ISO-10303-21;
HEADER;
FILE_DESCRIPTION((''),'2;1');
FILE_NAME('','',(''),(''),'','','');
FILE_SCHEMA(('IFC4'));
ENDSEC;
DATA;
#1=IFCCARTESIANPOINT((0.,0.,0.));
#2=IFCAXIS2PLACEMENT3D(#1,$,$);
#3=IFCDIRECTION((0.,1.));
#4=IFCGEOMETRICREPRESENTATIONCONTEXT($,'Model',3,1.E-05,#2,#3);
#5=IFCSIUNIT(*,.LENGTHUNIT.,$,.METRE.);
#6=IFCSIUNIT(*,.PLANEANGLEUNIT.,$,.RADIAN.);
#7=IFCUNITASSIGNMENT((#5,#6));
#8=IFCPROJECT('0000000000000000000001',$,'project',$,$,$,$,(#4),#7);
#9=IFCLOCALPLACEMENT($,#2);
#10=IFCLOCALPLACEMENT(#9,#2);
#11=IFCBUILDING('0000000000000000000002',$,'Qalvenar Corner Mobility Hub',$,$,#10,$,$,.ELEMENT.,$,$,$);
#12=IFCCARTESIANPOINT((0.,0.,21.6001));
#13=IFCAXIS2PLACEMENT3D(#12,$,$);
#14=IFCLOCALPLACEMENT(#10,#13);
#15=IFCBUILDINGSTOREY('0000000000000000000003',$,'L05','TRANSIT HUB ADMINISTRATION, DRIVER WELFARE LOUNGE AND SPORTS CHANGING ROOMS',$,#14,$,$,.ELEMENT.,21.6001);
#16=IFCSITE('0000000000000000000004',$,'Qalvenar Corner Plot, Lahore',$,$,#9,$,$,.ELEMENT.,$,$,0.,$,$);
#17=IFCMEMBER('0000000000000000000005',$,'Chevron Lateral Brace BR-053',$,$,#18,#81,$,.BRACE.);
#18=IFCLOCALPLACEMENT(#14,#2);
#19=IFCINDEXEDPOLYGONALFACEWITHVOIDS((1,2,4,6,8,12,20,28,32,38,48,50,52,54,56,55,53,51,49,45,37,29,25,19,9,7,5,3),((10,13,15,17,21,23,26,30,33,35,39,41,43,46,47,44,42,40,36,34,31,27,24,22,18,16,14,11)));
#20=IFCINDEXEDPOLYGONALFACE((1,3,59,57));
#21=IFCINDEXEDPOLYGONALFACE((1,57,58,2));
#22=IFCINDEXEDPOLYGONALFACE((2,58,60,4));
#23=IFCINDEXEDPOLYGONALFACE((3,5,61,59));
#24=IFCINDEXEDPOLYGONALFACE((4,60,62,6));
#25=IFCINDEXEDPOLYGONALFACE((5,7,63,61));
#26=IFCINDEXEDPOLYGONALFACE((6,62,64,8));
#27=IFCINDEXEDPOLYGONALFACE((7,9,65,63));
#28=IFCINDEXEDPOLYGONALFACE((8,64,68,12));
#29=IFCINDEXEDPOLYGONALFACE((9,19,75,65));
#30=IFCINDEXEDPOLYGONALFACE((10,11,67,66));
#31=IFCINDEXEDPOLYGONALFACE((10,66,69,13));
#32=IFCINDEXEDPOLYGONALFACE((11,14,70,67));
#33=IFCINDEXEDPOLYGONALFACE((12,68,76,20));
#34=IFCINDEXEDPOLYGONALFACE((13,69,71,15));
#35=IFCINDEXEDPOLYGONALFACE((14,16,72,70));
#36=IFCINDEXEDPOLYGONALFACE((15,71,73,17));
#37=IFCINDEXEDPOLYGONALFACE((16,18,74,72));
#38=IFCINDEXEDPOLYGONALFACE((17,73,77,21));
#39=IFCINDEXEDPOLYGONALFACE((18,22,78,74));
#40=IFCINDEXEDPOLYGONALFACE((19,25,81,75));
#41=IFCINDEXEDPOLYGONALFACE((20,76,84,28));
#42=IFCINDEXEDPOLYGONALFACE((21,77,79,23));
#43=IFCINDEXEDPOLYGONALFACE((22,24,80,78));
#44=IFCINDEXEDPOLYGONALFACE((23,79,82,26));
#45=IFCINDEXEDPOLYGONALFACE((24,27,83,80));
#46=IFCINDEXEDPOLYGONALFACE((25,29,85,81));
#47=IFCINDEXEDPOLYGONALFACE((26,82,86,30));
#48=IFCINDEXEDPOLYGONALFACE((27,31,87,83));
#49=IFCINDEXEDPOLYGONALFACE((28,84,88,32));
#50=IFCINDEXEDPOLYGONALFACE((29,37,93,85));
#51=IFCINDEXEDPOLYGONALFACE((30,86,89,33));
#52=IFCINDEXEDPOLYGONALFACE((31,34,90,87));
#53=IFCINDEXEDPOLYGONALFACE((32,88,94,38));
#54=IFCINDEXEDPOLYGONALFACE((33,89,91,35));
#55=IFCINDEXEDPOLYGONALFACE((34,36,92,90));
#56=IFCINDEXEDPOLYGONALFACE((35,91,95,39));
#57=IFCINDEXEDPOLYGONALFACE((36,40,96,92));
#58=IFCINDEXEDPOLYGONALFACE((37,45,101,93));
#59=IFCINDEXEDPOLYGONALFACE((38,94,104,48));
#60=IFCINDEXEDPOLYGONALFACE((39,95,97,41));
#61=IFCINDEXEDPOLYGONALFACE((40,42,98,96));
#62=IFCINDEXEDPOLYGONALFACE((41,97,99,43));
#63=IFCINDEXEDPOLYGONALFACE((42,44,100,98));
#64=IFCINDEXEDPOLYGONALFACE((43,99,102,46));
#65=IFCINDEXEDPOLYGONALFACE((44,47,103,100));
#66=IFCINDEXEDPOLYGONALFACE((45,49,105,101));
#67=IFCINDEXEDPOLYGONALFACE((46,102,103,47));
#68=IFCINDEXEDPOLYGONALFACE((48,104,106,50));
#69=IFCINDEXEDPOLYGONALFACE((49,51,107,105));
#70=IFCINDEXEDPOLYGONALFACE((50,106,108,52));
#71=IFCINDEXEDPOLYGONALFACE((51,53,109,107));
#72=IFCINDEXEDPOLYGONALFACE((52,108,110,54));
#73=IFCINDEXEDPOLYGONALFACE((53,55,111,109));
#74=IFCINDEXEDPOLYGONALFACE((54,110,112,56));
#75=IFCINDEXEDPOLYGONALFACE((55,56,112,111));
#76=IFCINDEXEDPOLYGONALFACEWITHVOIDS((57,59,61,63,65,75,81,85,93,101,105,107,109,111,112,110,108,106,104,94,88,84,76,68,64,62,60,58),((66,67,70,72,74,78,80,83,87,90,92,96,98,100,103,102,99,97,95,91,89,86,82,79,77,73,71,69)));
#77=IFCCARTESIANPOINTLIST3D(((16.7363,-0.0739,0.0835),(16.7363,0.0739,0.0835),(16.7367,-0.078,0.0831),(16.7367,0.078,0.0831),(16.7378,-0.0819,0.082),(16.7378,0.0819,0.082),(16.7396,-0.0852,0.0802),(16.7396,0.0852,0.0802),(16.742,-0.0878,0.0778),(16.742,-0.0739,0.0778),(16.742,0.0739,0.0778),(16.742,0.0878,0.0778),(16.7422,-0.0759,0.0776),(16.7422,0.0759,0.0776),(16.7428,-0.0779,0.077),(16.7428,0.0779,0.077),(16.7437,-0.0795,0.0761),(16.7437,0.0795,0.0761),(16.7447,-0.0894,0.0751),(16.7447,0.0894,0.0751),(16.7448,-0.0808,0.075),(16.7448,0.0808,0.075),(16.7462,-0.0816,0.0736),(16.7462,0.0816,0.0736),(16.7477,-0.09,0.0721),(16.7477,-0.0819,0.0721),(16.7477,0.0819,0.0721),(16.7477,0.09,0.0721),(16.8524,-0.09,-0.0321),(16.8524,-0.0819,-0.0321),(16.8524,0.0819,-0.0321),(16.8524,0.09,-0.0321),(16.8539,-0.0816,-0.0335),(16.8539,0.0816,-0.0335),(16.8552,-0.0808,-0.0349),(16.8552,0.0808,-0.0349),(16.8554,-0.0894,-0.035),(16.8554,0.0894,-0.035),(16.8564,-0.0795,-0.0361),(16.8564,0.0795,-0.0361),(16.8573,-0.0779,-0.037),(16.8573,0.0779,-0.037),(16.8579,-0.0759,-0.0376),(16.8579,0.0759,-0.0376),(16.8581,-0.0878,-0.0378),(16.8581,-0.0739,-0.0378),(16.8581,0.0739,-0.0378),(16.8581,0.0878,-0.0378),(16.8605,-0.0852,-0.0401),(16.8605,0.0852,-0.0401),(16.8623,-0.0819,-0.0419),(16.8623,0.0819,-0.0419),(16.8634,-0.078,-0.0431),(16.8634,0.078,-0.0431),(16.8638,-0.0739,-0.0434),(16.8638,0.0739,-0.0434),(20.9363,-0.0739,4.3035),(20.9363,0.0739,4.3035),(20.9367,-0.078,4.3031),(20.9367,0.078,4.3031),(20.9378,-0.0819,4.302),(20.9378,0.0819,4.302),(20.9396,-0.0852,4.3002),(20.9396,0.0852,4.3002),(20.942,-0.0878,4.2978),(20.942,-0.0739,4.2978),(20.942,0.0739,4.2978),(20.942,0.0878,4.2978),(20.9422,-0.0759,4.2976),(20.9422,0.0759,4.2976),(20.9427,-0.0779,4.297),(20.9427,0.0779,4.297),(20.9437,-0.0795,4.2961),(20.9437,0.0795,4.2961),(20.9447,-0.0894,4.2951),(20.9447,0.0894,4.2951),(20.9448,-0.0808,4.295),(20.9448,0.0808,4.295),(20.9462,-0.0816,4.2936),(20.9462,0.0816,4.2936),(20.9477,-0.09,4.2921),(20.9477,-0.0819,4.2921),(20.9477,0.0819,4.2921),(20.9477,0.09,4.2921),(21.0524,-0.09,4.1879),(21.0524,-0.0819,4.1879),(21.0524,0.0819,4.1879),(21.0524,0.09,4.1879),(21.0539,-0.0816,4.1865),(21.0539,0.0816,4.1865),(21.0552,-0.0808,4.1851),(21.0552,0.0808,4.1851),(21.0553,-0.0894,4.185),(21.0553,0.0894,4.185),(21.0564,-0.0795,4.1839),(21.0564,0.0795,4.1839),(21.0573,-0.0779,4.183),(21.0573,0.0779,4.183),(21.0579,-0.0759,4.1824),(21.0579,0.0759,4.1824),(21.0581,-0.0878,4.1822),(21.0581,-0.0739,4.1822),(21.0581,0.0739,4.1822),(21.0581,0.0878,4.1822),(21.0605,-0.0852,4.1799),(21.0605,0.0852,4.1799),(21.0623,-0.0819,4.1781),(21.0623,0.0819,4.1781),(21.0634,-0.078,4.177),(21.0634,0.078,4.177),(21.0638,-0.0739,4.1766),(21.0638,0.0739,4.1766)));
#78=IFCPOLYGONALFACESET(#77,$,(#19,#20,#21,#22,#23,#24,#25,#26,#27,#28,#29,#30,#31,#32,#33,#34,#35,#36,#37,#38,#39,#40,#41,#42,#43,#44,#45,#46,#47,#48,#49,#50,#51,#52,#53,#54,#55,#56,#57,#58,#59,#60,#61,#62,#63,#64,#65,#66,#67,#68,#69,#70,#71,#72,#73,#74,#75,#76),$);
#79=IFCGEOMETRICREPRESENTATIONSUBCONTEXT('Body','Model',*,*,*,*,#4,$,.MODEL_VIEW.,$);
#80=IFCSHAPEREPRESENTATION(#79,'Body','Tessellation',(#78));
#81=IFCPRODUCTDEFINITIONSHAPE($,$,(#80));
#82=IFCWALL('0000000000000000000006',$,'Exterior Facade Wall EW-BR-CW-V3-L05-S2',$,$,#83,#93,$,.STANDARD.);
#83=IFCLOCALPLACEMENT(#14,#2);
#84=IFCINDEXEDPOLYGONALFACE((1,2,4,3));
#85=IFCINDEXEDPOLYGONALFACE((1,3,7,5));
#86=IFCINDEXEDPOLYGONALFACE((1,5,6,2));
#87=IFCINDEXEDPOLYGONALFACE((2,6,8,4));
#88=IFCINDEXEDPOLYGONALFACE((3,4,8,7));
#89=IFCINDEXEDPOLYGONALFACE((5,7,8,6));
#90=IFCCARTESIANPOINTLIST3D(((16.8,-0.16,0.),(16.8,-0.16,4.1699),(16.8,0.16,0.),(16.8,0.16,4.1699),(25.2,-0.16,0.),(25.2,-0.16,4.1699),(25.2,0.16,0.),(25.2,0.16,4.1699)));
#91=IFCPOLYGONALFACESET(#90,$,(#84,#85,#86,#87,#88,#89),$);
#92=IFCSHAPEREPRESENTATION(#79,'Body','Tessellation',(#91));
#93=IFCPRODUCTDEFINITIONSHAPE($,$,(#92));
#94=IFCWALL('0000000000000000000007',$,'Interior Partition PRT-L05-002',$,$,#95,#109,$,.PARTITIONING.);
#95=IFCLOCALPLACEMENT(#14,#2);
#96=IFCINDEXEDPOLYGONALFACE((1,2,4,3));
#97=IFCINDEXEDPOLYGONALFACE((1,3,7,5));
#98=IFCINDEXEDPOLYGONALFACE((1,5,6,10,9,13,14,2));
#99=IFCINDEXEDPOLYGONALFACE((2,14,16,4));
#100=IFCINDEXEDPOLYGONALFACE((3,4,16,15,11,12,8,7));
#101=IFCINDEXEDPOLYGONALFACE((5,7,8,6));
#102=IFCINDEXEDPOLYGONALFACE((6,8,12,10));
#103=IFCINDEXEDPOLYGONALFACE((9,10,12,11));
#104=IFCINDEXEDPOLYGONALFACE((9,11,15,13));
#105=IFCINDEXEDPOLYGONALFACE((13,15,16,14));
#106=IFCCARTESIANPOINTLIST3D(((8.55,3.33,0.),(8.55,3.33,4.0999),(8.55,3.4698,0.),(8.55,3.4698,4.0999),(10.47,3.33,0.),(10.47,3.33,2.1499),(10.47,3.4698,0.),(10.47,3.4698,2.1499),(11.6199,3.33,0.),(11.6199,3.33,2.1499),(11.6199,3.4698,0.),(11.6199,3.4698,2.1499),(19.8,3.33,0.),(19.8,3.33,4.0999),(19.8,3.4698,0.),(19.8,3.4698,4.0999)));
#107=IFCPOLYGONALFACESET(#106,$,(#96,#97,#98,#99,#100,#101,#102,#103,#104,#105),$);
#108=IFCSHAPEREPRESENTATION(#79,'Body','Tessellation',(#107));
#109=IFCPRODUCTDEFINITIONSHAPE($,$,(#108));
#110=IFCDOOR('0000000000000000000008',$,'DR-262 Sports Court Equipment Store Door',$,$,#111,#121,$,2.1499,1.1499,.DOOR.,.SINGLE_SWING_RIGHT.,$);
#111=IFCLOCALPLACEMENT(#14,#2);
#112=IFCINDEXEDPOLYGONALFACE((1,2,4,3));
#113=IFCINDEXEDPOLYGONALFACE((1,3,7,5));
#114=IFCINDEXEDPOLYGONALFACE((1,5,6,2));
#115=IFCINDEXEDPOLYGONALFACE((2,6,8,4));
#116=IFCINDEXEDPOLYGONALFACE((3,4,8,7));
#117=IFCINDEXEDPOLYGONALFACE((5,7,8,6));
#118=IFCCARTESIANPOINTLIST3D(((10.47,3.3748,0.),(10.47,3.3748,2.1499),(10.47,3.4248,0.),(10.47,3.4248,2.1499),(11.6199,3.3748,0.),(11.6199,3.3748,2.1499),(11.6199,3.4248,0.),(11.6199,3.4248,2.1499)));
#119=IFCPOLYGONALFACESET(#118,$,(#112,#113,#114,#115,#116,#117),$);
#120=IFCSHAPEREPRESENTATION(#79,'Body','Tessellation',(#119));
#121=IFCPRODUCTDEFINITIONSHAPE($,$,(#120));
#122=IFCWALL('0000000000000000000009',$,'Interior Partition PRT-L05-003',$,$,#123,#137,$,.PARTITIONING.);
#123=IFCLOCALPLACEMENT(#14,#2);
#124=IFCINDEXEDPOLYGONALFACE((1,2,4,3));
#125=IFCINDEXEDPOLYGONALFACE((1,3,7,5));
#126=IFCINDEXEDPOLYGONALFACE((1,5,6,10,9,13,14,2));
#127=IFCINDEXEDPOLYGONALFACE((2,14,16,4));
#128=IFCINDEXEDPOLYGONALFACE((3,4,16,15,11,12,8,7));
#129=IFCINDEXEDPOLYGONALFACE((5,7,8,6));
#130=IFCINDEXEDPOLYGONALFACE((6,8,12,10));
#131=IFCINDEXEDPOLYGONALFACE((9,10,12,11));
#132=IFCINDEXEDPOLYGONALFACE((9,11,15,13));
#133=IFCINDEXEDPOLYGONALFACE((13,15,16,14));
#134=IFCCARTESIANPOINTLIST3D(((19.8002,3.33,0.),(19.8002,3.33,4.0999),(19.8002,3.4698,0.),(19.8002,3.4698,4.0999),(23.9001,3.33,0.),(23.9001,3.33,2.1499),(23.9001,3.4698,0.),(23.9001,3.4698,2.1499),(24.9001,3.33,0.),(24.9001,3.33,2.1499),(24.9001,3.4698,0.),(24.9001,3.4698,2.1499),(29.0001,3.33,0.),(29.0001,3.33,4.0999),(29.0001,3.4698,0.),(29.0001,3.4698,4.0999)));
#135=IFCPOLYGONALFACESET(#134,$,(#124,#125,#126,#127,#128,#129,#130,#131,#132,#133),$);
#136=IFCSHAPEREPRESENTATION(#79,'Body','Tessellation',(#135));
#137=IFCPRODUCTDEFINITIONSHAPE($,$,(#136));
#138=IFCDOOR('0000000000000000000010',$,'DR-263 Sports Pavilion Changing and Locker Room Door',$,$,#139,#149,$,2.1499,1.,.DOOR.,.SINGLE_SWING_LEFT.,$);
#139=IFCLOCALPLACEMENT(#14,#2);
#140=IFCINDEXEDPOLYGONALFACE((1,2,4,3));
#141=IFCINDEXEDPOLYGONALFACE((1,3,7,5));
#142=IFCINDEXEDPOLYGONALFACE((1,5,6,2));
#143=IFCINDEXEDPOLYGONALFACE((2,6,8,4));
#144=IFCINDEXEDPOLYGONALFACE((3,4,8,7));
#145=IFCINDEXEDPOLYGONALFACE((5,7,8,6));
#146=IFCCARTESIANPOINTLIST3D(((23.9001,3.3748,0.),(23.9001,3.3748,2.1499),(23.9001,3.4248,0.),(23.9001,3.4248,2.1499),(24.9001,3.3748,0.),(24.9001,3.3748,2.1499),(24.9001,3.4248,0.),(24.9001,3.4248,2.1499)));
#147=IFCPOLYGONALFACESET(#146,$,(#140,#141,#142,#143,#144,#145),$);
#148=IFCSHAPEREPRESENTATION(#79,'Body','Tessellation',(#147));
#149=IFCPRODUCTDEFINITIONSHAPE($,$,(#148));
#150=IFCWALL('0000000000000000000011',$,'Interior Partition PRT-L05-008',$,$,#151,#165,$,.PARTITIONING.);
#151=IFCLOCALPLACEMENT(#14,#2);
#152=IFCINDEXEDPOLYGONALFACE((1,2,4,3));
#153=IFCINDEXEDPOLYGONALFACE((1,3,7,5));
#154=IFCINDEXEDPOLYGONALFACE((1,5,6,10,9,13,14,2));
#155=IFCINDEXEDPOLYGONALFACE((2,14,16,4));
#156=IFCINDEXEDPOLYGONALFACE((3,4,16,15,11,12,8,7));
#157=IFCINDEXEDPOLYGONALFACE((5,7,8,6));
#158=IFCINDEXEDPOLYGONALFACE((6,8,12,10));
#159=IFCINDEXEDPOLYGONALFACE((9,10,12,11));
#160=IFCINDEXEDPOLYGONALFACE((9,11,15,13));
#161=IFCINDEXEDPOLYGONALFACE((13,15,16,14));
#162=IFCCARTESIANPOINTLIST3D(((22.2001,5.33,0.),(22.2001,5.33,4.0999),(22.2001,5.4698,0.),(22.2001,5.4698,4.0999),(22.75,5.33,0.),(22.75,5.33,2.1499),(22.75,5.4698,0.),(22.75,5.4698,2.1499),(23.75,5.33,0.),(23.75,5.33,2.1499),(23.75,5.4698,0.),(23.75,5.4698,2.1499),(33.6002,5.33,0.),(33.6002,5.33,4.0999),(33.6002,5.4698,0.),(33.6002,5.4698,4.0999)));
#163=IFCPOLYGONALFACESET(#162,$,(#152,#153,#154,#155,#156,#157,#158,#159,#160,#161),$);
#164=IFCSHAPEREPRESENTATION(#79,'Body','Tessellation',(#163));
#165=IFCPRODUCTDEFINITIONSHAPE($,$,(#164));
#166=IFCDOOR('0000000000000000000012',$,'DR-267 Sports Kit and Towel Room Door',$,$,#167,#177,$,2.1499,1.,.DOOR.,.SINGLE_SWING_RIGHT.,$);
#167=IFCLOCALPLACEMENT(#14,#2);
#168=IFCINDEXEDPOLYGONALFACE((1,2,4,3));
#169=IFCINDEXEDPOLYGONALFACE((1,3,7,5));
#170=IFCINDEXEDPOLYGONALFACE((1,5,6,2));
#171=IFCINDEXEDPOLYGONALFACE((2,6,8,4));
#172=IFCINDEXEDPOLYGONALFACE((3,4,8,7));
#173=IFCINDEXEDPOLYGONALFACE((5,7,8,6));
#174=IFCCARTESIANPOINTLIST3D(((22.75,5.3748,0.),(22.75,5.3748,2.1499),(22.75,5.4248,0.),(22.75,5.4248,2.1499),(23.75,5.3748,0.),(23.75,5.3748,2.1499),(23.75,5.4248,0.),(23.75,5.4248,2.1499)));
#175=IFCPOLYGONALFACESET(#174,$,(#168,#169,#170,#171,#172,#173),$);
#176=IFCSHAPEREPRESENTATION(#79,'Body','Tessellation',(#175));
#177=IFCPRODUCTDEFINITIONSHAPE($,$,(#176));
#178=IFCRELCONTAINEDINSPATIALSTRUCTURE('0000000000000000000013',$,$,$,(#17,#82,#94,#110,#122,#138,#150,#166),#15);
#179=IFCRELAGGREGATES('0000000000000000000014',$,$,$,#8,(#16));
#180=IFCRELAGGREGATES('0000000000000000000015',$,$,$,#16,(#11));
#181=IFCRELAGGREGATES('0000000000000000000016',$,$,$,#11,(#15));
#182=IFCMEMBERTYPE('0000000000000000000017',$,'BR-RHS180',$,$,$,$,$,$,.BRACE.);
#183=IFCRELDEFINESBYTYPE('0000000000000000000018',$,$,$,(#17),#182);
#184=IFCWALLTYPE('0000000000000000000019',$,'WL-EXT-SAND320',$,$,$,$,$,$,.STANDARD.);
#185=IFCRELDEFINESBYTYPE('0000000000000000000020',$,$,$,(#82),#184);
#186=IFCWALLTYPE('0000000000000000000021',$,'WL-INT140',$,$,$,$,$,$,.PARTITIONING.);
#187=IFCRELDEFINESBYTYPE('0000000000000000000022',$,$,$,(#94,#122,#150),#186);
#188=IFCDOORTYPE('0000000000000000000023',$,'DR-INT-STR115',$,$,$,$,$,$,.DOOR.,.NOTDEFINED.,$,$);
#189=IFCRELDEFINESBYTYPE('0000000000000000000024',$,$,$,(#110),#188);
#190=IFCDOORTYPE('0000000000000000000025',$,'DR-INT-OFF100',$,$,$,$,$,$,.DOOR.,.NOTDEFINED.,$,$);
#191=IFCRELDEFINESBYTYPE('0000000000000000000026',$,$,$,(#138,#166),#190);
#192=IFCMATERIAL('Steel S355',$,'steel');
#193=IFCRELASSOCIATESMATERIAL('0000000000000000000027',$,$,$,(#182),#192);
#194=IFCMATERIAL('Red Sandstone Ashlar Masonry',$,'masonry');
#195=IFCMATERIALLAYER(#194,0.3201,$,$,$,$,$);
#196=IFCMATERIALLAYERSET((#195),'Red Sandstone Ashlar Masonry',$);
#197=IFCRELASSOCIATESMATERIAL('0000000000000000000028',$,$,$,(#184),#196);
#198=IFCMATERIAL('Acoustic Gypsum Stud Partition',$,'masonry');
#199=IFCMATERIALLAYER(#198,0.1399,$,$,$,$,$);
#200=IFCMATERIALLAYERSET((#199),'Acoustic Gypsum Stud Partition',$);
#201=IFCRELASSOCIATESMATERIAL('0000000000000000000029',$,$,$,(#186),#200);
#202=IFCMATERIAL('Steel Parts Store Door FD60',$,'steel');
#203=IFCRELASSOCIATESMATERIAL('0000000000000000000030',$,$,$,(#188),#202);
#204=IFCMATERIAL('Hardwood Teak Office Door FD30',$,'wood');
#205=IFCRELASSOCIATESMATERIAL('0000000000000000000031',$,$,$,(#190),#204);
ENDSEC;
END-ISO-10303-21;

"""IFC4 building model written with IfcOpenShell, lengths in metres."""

from ifc_helpers import new_model, si_unit, direction, frame, frame_2d, origin, origin_2d, place, context, subcontext, project, spatial, rectangle, hollow_rectangle, extrude, material, layer, layer_set, material_profile, profile_set, type_object, element, fill, save


model = new_model("IFC4")

# Units and contexts
model_context = context("Model", 3, precision=1e-05, world=origin(), true_north=direction((0.0, 1.0)))
body_context = subcontext(model_context, "Body", "Model", "MODEL_VIEW")
ifc_project = project(units=[si_unit("LENGTHUNIT", "METRE"), si_unit("PLANEANGLEUNIT", "RADIAN")], contexts=[model_context])

# Site, building, storey
site_placement = place(None, origin())
site = spatial("IfcSite", under=ifc_project, at=site_placement, Name="Qalvenar Corner Plot, Lahore", CompositionType="ELEMENT", RefElevation=0.0)
building_placement = place(site_placement, origin())
building = spatial("IfcBuilding", under=site, at=building_placement, Name="Qalvenar Corner Mobility Hub", CompositionType="ELEMENT")
storey_placement = place(building_placement, frame((0.0, 0.0, 21.6001)))
storey = spatial("IfcBuildingStorey", under=building, at=storey_placement, Name="L05", Description="TRANSIT HUB ADMINISTRATION, DRIVER WELFARE LOUNGE AND SPORTS CHANGING ROOMS", CompositionType="ELEMENT", Elevation=21.6001)

# Shared definitions
ifc_material_1 = material(Name="Steel S355", Category="steel")

# Member
ifc_material_profile_1 = material_profile(ifc_material_1, hollow_rectangle(XDim=0.1799, YDim=0.1799, WallThickness=0.0081, InnerFilletRadius=0.0081, OuterFilletRadius=0.0161, at=origin_2d()), Name="SHS180x180x8")
ifc_profile_set_1 = profile_set([ifc_material_profile_1], Name="Steel S355")
member_type = type_object("IfcMemberType", Name="BR-RHS180", PredefinedType="BRACE", material=ifc_profile_set_1)
member_placement = place(storey_placement, frame((16.8, 0.0, 0.02), z_axis=(0.705424, 0.0, 0.708786), x_axis=(0.0, 1.0, 0.0)))
element("IfcMember", 1, at=member_placement, inside=storey, type_object=member_type, Name="Chevron Lateral Brace BR-053", PredefinedType="BRACE", context=body_context, shape_type="SweptSolid", body=[
    extrude(hollow_rectangle(XDim=0.1799, YDim=0.1799, WallThickness=0.0081, InnerFilletRadius=0.0081, OuterFilletRadius=0.0161, at=origin_2d()), origin(), (0.0, 0.0, 1.0), 5.9539),
])

# Wall
ifc_material_2 = material(Name="Red Sandstone Ashlar Masonry", Category="masonry")
ifc_layer_1 = layer(ifc_material_2, 0.3201)
ifc_layer_set_1 = layer_set([ifc_layer_1], Name="Red Sandstone Ashlar Masonry")
wall_type_1 = type_object("IfcWallType", Name="WL-EXT-SAND320", PredefinedType="STANDARD", material=ifc_layer_set_1)
wall_1_placement = place(storey_placement, frame((16.8, 0.0, 0.0), z_axis=(0.0, 0.0, 1.0), x_axis=(1.0, 0.0, 0.0)))
element("IfcWall", 2, at=wall_1_placement, inside=storey, type_object=wall_type_1, Name="Exterior Facade Wall EW-BR-CW-V3-L05-S2", PredefinedType="STANDARD", context=body_context, shape_type="SweptSolid", body=[
    extrude(rectangle(XDim=8.3999, YDim=0.3201, at=frame_2d((4.2, 0.0))), origin(), (0.0, 0.0, 1.0), 4.1699),
])

# Walls, openings, doors
ifc_material_3 = material(Name="Acoustic Gypsum Stud Partition", Category="masonry")
ifc_layer_2 = layer(ifc_material_3, 0.1399)
ifc_layer_set_2 = layer_set([ifc_layer_2], Name="Acoustic Gypsum Stud Partition")
wall_type_2 = type_object("IfcWallType", Name="WL-INT140", PredefinedType="PARTITIONING", material=ifc_layer_set_2)
wall_2_placement = place(storey_placement, frame((8.55, 3.3999, 0.0), z_axis=(0.0, 0.0, 1.0), x_axis=(1.0, 0.0, 0.0)))
wall_2 = element("IfcWall", 3, at=wall_2_placement, inside=storey, type_object=wall_type_2, Name="Interior Partition PRT-L05-002", PredefinedType="PARTITIONING", context=body_context, shape_type="SweptSolid", body=[
    extrude(rectangle(XDim=11.25, YDim=0.1399, at=frame_2d((5.625, 0.0))), origin(), (0.0, 0.0, 1.0), 4.0999),
])
opening_1_placement = place(wall_2_placement, frame((1.9199, 0.0, 0.0)))
opening_1 = element("IfcOpeningElement", 4, at=opening_1_placement, cuts=wall_2, PredefinedType="OPENING", context=body_context, shape_type="SweptSolid", body=[
    extrude(rectangle(XDim=1.1499, YDim=2.1499, at=frame_2d((0.575, 1.075))), frame((0.0, 0.0801, 0.0), z_axis=(0.0, -1.0, 0.0), x_axis=(1.0, 0.0, 0.0)), (0.0, 0.0, 1.0), 0.1599),
])
ifc_material_4 = material(Name="Steel Parts Store Door FD60", Category="steel")
door_type_1 = type_object("IfcDoorType", Name="DR-INT-STR115", OperationType="NOTDEFINED", PredefinedType="DOOR", material=ifc_material_4)
door_1_placement = place(opening_1_placement, origin())
door_1 = element("IfcDoor", 5, at=door_1_placement, inside=storey, type_object=door_type_1, Name="DR-262 Sports Court Equipment Store Door", OperationType="SINGLE_SWING_RIGHT", OverallHeight=2.1499, OverallWidth=1.1499, PredefinedType="DOOR", context=body_context, shape_type="SweptSolid", body=[
    extrude(rectangle(XDim=1.1499, YDim=2.1499, at=frame_2d((0.575, 1.075))), frame((0.0, 0.0249, 0.0), z_axis=(0.0, -1.0, 0.0), x_axis=(1.0, 0.0, 0.0)), (0.0, 0.0, 1.0), 0.05),
])
fill(opening_1, door_1)
wall_3_placement = place(storey_placement, frame((19.8, 3.3999, 0.0), z_axis=(0.0, 0.0, 1.0), x_axis=(1.0, 0.0, 0.0)))
wall_3 = element("IfcWall", 6, at=wall_3_placement, inside=storey, type_object=wall_type_2, Name="Interior Partition PRT-L05-003", PredefinedType="PARTITIONING", context=body_context, shape_type="SweptSolid", body=[
    extrude(rectangle(XDim=9.2, YDim=0.1399, at=frame_2d((4.6001, 0.0))), origin(), (0.0, 0.0, 1.0), 4.0999),
])
opening_2_placement = place(wall_3_placement, frame((4.1001, 0.0, 0.0)))
opening_2 = element("IfcOpeningElement", 7, at=opening_2_placement, cuts=wall_3, PredefinedType="OPENING", context=body_context, shape_type="SweptSolid", body=[
    extrude(rectangle(XDim=1.0, YDim=2.1499, at=frame_2d((0.5, 1.075))), frame((0.0, 0.0801, 0.0), z_axis=(0.0, -1.0, 0.0), x_axis=(1.0, 0.0, 0.0)), (0.0, 0.0, 1.0), 0.1599),
])
ifc_material_5 = material(Name="Hardwood Teak Office Door FD30", Category="wood")
door_type_2 = type_object("IfcDoorType", Name="DR-INT-OFF100", OperationType="NOTDEFINED", PredefinedType="DOOR", material=ifc_material_5)
door_2_placement = place(opening_2_placement, origin())
door_2 = element("IfcDoor", 8, at=door_2_placement, inside=storey, type_object=door_type_2, Name="DR-263 Sports Pavilion Changing and Locker Room Door", OperationType="SINGLE_SWING_LEFT", OverallHeight=2.1499, OverallWidth=1.0, PredefinedType="DOOR", context=body_context, shape_type="SweptSolid", body=[
    extrude(rectangle(XDim=1.0, YDim=2.1499, at=frame_2d((0.5, 1.075))), frame((0.0, 0.0249, 0.0), z_axis=(0.0, -1.0, 0.0), x_axis=(1.0, 0.0, 0.0)), (0.0, 0.0, 1.0), 0.05),
])
fill(opening_2, door_2)
wall_4_placement = place(storey_placement, frame((22.2, 5.3999, 0.0), z_axis=(0.0, 0.0, 1.0), x_axis=(1.0, 0.0, 0.0)))
wall_4 = element("IfcWall", 9, at=wall_4_placement, inside=storey, type_object=wall_type_2, Name="Interior Partition PRT-L05-008", PredefinedType="PARTITIONING", context=body_context, shape_type="SweptSolid", body=[
    extrude(rectangle(XDim=11.4001, YDim=0.1399, at=frame_2d((5.7002, 0.0))), origin(), (0.0, 0.0, 1.0), 4.0999),
])
opening_3_placement = place(wall_4_placement, frame((0.55, 0.0, 0.0)))
opening_3 = element("IfcOpeningElement", 10, at=opening_3_placement, cuts=wall_4, PredefinedType="OPENING", context=body_context, shape_type="SweptSolid", body=[
    extrude(rectangle(XDim=1.0, YDim=2.1499, at=frame_2d((0.5, 1.075))), frame((0.0, 0.0801, 0.0), z_axis=(0.0, -1.0, 0.0), x_axis=(1.0, 0.0, 0.0)), (0.0, 0.0, 1.0), 0.1599),
])
door_3_placement = place(opening_3_placement, origin())
door_3 = element("IfcDoor", 11, at=door_3_placement, inside=storey, type_object=door_type_2, Name="DR-267 Sports Kit and Towel Room Door", OperationType="SINGLE_SWING_RIGHT", OverallHeight=2.1499, OverallWidth=1.0, PredefinedType="DOOR", context=body_context, shape_type="SweptSolid", body=[
    extrude(rectangle(XDim=1.0, YDim=2.1499, at=frame_2d((0.5, 1.075))), frame((0.0, 0.0249, 0.0), z_axis=(0.0, -1.0, 0.0), x_axis=(1.0, 0.0, 0.0)), (0.0, 0.0, 1.0), 0.05),
])
fill(opening_3, door_3)

save(model, "model.ifc")
